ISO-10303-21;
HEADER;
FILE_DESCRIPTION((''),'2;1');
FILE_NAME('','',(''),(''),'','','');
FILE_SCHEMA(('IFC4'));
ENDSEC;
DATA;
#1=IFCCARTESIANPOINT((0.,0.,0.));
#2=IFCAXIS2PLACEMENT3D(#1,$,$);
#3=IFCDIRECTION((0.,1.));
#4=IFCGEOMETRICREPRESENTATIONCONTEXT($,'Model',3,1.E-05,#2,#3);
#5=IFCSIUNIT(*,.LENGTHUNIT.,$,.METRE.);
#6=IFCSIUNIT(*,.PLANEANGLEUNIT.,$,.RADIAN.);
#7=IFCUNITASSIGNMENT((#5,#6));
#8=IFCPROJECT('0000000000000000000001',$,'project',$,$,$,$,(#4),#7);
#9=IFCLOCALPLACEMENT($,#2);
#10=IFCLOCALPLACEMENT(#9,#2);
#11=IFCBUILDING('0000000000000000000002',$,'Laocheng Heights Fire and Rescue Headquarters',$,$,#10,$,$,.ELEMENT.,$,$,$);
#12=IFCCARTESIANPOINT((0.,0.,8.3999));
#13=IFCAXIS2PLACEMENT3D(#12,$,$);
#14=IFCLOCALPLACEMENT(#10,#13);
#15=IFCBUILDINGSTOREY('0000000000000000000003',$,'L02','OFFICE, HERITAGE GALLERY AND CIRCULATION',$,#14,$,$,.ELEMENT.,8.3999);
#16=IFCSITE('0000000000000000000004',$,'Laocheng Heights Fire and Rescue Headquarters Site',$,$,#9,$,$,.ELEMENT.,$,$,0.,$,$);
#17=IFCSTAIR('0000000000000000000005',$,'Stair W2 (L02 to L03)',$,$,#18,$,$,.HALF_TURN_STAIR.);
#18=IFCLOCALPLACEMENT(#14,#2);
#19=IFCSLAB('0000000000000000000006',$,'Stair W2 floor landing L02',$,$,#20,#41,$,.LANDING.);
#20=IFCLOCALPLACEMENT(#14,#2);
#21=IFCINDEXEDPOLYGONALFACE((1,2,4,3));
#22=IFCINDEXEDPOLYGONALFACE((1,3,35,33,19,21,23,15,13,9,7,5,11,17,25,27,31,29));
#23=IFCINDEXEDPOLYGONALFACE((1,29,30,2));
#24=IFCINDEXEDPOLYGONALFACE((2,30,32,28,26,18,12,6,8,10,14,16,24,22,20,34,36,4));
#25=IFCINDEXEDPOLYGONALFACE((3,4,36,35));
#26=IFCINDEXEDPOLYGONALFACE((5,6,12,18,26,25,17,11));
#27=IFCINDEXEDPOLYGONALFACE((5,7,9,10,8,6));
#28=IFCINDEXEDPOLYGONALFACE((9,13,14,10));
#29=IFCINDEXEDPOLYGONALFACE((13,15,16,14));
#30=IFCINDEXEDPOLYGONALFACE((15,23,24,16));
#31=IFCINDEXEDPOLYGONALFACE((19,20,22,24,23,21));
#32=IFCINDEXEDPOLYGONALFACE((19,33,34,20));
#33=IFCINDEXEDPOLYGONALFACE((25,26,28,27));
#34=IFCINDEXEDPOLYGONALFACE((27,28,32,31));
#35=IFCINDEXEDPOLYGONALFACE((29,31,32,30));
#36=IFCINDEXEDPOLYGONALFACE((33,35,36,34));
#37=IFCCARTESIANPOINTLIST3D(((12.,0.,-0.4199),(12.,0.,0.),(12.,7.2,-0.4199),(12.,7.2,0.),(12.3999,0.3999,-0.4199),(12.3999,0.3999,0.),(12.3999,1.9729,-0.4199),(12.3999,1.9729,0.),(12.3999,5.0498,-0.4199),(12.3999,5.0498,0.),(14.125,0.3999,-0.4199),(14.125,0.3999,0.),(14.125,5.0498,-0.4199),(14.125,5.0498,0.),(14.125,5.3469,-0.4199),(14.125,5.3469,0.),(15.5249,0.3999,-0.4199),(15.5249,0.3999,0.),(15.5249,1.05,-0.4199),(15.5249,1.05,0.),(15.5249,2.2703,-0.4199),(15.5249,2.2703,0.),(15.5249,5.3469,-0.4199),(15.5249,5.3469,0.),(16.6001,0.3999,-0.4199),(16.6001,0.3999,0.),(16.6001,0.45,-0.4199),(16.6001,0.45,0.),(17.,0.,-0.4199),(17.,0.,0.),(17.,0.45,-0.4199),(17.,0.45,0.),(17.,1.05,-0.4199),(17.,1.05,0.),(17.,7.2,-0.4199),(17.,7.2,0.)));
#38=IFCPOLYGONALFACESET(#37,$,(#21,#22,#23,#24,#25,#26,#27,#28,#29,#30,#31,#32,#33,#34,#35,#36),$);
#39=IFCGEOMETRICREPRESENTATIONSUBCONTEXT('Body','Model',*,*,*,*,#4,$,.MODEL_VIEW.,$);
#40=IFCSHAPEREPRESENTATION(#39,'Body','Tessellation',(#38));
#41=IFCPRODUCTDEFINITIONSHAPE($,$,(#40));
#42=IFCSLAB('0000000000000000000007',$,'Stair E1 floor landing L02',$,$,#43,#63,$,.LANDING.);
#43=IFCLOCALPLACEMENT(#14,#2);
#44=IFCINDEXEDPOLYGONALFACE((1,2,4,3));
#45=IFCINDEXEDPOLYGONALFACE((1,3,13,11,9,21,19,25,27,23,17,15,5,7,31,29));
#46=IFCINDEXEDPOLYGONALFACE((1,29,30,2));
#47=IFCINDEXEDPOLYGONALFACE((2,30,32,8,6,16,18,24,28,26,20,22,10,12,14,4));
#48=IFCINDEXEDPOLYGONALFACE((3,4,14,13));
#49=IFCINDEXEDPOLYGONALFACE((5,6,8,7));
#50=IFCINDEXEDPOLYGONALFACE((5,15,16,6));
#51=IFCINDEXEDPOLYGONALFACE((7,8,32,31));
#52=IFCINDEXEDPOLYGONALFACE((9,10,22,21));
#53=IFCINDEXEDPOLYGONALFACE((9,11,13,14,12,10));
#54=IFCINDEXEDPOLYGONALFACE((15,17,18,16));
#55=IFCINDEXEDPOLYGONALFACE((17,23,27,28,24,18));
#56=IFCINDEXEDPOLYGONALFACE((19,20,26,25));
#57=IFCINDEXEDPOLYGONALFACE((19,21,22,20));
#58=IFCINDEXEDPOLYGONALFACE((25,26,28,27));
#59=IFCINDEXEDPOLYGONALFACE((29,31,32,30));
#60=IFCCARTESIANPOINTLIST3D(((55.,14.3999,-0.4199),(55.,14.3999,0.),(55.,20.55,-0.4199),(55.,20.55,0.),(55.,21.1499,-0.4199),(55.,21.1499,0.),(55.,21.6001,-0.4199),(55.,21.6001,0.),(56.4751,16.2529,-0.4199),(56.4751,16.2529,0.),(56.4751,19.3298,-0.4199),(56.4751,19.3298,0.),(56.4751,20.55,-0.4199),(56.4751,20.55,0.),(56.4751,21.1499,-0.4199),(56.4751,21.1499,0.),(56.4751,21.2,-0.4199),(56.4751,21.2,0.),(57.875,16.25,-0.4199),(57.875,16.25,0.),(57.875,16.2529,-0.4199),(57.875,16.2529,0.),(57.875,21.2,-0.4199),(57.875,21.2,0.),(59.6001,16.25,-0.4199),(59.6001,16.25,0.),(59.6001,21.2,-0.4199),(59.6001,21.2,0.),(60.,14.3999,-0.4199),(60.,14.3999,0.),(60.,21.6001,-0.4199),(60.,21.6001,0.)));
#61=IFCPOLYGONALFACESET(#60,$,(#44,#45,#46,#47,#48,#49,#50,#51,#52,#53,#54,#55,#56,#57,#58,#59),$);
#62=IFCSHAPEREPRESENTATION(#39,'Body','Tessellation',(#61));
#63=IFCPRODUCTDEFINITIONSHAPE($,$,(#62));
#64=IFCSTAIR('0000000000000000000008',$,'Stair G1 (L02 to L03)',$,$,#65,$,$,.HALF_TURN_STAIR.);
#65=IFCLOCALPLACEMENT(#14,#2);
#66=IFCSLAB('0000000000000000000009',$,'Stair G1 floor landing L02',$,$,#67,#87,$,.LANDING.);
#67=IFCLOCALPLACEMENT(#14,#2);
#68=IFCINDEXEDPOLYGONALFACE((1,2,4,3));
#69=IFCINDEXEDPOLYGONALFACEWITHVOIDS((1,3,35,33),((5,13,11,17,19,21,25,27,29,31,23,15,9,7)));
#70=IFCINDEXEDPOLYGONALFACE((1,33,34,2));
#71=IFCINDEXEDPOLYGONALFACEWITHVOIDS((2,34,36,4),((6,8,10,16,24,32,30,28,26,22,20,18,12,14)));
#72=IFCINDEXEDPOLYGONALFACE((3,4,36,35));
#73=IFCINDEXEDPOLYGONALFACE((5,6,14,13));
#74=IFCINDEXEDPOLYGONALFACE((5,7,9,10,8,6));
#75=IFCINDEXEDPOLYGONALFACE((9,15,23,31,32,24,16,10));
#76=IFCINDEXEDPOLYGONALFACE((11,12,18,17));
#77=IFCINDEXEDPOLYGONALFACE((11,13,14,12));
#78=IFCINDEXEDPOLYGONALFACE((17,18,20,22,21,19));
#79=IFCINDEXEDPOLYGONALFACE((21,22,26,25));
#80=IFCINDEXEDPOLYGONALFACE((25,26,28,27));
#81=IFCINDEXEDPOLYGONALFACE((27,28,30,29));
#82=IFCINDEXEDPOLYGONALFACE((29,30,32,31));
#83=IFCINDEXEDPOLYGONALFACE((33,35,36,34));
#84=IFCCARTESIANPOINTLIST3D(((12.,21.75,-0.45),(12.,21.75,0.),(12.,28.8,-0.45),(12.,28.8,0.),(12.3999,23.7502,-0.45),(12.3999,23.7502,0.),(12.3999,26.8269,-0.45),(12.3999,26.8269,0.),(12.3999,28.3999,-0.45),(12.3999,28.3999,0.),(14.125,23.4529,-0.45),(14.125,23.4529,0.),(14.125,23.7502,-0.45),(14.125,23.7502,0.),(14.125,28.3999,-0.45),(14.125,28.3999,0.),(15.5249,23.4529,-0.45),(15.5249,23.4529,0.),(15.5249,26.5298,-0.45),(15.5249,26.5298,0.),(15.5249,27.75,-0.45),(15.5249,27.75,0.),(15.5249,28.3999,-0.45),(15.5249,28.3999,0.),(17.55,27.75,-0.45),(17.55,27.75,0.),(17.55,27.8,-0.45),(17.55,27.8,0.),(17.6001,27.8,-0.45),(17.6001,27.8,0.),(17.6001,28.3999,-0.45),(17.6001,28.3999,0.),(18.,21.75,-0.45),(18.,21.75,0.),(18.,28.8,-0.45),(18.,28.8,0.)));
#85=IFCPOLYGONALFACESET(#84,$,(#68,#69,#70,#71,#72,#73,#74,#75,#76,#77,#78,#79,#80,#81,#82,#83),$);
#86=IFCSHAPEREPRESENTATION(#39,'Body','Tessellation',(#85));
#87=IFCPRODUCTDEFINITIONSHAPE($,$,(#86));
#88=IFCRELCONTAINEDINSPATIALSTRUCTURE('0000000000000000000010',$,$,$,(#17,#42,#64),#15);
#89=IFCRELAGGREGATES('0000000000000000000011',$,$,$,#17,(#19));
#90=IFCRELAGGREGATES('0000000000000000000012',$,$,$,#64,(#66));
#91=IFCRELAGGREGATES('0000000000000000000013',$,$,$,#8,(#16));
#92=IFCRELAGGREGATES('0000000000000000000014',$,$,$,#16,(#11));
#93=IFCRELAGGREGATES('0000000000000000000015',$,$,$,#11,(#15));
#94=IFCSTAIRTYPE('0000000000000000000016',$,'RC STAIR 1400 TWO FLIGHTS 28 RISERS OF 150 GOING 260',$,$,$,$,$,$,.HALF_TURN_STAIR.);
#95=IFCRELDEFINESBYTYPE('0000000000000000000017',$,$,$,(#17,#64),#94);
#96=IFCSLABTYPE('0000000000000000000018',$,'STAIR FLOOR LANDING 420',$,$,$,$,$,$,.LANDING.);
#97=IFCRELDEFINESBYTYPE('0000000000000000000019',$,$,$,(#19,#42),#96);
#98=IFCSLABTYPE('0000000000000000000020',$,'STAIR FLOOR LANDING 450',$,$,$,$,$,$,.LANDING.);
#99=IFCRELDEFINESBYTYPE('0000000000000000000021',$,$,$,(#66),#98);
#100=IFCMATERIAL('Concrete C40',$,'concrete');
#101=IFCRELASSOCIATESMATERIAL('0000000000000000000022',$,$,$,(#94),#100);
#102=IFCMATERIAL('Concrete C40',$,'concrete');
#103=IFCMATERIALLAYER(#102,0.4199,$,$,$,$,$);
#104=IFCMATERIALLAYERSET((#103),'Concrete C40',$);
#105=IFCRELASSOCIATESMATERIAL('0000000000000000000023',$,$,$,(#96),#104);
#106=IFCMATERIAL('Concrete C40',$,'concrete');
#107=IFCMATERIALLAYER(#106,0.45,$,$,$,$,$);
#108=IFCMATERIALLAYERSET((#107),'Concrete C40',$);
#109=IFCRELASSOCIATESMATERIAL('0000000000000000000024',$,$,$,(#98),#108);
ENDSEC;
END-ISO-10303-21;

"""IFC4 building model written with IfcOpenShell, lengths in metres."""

from ifc_helpers import new_model, si_unit, direction, frame, origin, place, context, subcontext, project, spatial, polyline, outline, extrude, material, layer, layer_set, type_object, element, aggregate, save


model = new_model("IFC4")

# Units and contexts
model_context = context("Model", 3, precision=1e-05, world=origin(), true_north=direction((0.0, 1.0)))
body_context = subcontext(model_context, "Body", "Model", "MODEL_VIEW")
ifc_project = project(units=[si_unit("LENGTHUNIT", "METRE"), si_unit("PLANEANGLEUNIT", "RADIAN")], contexts=[model_context])

# Site, building, storey
site_placement = place(None, origin())
site = spatial("IfcSite", under=ifc_project, at=site_placement, Name="Laocheng Heights Fire and Rescue Headquarters Site", CompositionType="ELEMENT", RefElevation=0.0)
building_placement = place(site_placement, origin())
building = spatial("IfcBuilding", under=site, at=building_placement, Name="Laocheng Heights Fire and Rescue Headquarters", CompositionType="ELEMENT")
storey_placement = place(building_placement, frame((0.0, 0.0, 8.3999)))
storey = spatial("IfcBuildingStorey", under=building, at=storey_placement, Name="L02", Description="OFFICE, HERITAGE GALLERY AND CIRCULATION", CompositionType="ELEMENT", Elevation=8.3999)

# Shared definitions
ifc_material_1 = material(Name="Concrete C40", Category="concrete")
stair_type = type_object("IfcStairType", Name="RC STAIR 1400 TWO FLIGHTS 28 RISERS OF 150 GOING 260", PredefinedType="HALF_TURN_STAIR", material=ifc_material_1)

# Stair, slab
stair_1_placement = place(storey_placement, origin())
stair_1 = element("IfcStair", 1, at=stair_1_placement, inside=storey, type_object=stair_type, Name="Stair W2 (L02 to L03)", PredefinedType="HALF_TURN_STAIR")
ifc_material_2 = material(Name="Concrete C40", Category="concrete")
ifc_layer_1 = layer(ifc_material_2, 0.4199)
ifc_layer_set_1 = layer_set([ifc_layer_1], Name="Concrete C40")
slab_type_1 = type_object("IfcSlabType", Name="STAIR FLOOR LANDING 420", PredefinedType="LANDING", material=ifc_layer_set_1)
slab_1_placement = place(storey_placement, frame((0.0, 0.0, -0.4199)))
slab_1 = element("IfcSlab", 2, at=slab_1_placement, type_object=slab_type_1, Name="Stair W2 floor landing L02", PredefinedType="LANDING", context=body_context, shape_type="SweptSolid", body=[
    extrude(outline(polyline([(12.0, 7.2), (17.0, 7.2), (17.0, 1.05), (15.5249, 1.05), (15.5249, 2.2703), (15.5249, 5.3469), (14.125, 5.3469), (14.125, 5.0498), (12.3999, 5.0498), (12.3999, 1.9729), (12.3999, 0.3999), (14.125, 0.3999), (15.5249, 0.3999), (16.6001, 0.3999), (16.6001, 0.45), (17.0, 0.45), (17.0, 0.0), (12.0, 0.0), (12.0, 7.2)])), origin(), (0.0, 0.0, 1.0), 0.4199),
])
aggregate(stair_1, [slab_1])

# Slab
slab_2_placement = place(storey_placement, frame((0.0, 0.0, -0.4199)))
element("IfcSlab", 3, at=slab_2_placement, inside=storey, type_object=slab_type_1, Name="Stair E1 floor landing L02", PredefinedType="LANDING", context=body_context, shape_type="SweptSolid", body=[
    extrude(outline(polyline([(55.0, 20.55), (56.4751, 20.55), (56.4751, 19.3298), (56.4751, 16.2529), (57.875, 16.2529), (57.875, 16.25), (59.6001, 16.25), (59.6001, 21.2), (57.875, 21.2), (56.4751, 21.2), (56.4751, 21.1499), (55.0, 21.1499), (55.0, 21.6001), (60.0, 21.6001), (60.0, 14.3999), (55.0, 14.3999), (55.0, 20.55)])), origin(), (0.0, 0.0, 1.0), 0.4199),
])

# Stair, slab
stair_2_placement = place(storey_placement, origin())
stair_2 = element("IfcStair", 4, at=stair_2_placement, inside=storey, type_object=stair_type, Name="Stair G1 (L02 to L03)", PredefinedType="HALF_TURN_STAIR")
ifc_material_3 = material(Name="Concrete C40", Category="concrete")
ifc_layer_2 = layer(ifc_material_3, 0.45)
ifc_layer_set_2 = layer_set([ifc_layer_2], Name="Concrete C40")
slab_type_2 = type_object("IfcSlabType", Name="STAIR FLOOR LANDING 450", PredefinedType="LANDING", material=ifc_layer_set_2)
slab_3_placement = place(storey_placement, frame((0.0, 0.0, -0.45)))
slab_3 = element("IfcSlab", 5, at=slab_3_placement, type_object=slab_type_2, Name="Stair G1 floor landing L02", PredefinedType="LANDING", context=body_context, shape_type="SweptSolid", body=[
    extrude(outline(polyline([(12.0, 28.8), (18.0, 28.8), (18.0, 21.75), (12.0, 21.75), (12.0, 28.8)]), holes=[polyline([(14.125, 23.7502), (14.125, 23.4529), (15.5249, 23.4529), (15.5249, 26.5298), (15.5249, 27.75), (17.55, 27.75), (17.55, 27.8), (17.6001, 27.8), (17.6001, 28.3999), (15.5249, 28.3999), (14.125, 28.3999), (12.3999, 28.3999), (12.3999, 26.8269), (12.3999, 23.7502), (14.125, 23.7502)])]), origin(), (0.0, 0.0, 1.0), 0.45),
])
aggregate(stair_2, [slab_3])

save(model, "model.ifc")
